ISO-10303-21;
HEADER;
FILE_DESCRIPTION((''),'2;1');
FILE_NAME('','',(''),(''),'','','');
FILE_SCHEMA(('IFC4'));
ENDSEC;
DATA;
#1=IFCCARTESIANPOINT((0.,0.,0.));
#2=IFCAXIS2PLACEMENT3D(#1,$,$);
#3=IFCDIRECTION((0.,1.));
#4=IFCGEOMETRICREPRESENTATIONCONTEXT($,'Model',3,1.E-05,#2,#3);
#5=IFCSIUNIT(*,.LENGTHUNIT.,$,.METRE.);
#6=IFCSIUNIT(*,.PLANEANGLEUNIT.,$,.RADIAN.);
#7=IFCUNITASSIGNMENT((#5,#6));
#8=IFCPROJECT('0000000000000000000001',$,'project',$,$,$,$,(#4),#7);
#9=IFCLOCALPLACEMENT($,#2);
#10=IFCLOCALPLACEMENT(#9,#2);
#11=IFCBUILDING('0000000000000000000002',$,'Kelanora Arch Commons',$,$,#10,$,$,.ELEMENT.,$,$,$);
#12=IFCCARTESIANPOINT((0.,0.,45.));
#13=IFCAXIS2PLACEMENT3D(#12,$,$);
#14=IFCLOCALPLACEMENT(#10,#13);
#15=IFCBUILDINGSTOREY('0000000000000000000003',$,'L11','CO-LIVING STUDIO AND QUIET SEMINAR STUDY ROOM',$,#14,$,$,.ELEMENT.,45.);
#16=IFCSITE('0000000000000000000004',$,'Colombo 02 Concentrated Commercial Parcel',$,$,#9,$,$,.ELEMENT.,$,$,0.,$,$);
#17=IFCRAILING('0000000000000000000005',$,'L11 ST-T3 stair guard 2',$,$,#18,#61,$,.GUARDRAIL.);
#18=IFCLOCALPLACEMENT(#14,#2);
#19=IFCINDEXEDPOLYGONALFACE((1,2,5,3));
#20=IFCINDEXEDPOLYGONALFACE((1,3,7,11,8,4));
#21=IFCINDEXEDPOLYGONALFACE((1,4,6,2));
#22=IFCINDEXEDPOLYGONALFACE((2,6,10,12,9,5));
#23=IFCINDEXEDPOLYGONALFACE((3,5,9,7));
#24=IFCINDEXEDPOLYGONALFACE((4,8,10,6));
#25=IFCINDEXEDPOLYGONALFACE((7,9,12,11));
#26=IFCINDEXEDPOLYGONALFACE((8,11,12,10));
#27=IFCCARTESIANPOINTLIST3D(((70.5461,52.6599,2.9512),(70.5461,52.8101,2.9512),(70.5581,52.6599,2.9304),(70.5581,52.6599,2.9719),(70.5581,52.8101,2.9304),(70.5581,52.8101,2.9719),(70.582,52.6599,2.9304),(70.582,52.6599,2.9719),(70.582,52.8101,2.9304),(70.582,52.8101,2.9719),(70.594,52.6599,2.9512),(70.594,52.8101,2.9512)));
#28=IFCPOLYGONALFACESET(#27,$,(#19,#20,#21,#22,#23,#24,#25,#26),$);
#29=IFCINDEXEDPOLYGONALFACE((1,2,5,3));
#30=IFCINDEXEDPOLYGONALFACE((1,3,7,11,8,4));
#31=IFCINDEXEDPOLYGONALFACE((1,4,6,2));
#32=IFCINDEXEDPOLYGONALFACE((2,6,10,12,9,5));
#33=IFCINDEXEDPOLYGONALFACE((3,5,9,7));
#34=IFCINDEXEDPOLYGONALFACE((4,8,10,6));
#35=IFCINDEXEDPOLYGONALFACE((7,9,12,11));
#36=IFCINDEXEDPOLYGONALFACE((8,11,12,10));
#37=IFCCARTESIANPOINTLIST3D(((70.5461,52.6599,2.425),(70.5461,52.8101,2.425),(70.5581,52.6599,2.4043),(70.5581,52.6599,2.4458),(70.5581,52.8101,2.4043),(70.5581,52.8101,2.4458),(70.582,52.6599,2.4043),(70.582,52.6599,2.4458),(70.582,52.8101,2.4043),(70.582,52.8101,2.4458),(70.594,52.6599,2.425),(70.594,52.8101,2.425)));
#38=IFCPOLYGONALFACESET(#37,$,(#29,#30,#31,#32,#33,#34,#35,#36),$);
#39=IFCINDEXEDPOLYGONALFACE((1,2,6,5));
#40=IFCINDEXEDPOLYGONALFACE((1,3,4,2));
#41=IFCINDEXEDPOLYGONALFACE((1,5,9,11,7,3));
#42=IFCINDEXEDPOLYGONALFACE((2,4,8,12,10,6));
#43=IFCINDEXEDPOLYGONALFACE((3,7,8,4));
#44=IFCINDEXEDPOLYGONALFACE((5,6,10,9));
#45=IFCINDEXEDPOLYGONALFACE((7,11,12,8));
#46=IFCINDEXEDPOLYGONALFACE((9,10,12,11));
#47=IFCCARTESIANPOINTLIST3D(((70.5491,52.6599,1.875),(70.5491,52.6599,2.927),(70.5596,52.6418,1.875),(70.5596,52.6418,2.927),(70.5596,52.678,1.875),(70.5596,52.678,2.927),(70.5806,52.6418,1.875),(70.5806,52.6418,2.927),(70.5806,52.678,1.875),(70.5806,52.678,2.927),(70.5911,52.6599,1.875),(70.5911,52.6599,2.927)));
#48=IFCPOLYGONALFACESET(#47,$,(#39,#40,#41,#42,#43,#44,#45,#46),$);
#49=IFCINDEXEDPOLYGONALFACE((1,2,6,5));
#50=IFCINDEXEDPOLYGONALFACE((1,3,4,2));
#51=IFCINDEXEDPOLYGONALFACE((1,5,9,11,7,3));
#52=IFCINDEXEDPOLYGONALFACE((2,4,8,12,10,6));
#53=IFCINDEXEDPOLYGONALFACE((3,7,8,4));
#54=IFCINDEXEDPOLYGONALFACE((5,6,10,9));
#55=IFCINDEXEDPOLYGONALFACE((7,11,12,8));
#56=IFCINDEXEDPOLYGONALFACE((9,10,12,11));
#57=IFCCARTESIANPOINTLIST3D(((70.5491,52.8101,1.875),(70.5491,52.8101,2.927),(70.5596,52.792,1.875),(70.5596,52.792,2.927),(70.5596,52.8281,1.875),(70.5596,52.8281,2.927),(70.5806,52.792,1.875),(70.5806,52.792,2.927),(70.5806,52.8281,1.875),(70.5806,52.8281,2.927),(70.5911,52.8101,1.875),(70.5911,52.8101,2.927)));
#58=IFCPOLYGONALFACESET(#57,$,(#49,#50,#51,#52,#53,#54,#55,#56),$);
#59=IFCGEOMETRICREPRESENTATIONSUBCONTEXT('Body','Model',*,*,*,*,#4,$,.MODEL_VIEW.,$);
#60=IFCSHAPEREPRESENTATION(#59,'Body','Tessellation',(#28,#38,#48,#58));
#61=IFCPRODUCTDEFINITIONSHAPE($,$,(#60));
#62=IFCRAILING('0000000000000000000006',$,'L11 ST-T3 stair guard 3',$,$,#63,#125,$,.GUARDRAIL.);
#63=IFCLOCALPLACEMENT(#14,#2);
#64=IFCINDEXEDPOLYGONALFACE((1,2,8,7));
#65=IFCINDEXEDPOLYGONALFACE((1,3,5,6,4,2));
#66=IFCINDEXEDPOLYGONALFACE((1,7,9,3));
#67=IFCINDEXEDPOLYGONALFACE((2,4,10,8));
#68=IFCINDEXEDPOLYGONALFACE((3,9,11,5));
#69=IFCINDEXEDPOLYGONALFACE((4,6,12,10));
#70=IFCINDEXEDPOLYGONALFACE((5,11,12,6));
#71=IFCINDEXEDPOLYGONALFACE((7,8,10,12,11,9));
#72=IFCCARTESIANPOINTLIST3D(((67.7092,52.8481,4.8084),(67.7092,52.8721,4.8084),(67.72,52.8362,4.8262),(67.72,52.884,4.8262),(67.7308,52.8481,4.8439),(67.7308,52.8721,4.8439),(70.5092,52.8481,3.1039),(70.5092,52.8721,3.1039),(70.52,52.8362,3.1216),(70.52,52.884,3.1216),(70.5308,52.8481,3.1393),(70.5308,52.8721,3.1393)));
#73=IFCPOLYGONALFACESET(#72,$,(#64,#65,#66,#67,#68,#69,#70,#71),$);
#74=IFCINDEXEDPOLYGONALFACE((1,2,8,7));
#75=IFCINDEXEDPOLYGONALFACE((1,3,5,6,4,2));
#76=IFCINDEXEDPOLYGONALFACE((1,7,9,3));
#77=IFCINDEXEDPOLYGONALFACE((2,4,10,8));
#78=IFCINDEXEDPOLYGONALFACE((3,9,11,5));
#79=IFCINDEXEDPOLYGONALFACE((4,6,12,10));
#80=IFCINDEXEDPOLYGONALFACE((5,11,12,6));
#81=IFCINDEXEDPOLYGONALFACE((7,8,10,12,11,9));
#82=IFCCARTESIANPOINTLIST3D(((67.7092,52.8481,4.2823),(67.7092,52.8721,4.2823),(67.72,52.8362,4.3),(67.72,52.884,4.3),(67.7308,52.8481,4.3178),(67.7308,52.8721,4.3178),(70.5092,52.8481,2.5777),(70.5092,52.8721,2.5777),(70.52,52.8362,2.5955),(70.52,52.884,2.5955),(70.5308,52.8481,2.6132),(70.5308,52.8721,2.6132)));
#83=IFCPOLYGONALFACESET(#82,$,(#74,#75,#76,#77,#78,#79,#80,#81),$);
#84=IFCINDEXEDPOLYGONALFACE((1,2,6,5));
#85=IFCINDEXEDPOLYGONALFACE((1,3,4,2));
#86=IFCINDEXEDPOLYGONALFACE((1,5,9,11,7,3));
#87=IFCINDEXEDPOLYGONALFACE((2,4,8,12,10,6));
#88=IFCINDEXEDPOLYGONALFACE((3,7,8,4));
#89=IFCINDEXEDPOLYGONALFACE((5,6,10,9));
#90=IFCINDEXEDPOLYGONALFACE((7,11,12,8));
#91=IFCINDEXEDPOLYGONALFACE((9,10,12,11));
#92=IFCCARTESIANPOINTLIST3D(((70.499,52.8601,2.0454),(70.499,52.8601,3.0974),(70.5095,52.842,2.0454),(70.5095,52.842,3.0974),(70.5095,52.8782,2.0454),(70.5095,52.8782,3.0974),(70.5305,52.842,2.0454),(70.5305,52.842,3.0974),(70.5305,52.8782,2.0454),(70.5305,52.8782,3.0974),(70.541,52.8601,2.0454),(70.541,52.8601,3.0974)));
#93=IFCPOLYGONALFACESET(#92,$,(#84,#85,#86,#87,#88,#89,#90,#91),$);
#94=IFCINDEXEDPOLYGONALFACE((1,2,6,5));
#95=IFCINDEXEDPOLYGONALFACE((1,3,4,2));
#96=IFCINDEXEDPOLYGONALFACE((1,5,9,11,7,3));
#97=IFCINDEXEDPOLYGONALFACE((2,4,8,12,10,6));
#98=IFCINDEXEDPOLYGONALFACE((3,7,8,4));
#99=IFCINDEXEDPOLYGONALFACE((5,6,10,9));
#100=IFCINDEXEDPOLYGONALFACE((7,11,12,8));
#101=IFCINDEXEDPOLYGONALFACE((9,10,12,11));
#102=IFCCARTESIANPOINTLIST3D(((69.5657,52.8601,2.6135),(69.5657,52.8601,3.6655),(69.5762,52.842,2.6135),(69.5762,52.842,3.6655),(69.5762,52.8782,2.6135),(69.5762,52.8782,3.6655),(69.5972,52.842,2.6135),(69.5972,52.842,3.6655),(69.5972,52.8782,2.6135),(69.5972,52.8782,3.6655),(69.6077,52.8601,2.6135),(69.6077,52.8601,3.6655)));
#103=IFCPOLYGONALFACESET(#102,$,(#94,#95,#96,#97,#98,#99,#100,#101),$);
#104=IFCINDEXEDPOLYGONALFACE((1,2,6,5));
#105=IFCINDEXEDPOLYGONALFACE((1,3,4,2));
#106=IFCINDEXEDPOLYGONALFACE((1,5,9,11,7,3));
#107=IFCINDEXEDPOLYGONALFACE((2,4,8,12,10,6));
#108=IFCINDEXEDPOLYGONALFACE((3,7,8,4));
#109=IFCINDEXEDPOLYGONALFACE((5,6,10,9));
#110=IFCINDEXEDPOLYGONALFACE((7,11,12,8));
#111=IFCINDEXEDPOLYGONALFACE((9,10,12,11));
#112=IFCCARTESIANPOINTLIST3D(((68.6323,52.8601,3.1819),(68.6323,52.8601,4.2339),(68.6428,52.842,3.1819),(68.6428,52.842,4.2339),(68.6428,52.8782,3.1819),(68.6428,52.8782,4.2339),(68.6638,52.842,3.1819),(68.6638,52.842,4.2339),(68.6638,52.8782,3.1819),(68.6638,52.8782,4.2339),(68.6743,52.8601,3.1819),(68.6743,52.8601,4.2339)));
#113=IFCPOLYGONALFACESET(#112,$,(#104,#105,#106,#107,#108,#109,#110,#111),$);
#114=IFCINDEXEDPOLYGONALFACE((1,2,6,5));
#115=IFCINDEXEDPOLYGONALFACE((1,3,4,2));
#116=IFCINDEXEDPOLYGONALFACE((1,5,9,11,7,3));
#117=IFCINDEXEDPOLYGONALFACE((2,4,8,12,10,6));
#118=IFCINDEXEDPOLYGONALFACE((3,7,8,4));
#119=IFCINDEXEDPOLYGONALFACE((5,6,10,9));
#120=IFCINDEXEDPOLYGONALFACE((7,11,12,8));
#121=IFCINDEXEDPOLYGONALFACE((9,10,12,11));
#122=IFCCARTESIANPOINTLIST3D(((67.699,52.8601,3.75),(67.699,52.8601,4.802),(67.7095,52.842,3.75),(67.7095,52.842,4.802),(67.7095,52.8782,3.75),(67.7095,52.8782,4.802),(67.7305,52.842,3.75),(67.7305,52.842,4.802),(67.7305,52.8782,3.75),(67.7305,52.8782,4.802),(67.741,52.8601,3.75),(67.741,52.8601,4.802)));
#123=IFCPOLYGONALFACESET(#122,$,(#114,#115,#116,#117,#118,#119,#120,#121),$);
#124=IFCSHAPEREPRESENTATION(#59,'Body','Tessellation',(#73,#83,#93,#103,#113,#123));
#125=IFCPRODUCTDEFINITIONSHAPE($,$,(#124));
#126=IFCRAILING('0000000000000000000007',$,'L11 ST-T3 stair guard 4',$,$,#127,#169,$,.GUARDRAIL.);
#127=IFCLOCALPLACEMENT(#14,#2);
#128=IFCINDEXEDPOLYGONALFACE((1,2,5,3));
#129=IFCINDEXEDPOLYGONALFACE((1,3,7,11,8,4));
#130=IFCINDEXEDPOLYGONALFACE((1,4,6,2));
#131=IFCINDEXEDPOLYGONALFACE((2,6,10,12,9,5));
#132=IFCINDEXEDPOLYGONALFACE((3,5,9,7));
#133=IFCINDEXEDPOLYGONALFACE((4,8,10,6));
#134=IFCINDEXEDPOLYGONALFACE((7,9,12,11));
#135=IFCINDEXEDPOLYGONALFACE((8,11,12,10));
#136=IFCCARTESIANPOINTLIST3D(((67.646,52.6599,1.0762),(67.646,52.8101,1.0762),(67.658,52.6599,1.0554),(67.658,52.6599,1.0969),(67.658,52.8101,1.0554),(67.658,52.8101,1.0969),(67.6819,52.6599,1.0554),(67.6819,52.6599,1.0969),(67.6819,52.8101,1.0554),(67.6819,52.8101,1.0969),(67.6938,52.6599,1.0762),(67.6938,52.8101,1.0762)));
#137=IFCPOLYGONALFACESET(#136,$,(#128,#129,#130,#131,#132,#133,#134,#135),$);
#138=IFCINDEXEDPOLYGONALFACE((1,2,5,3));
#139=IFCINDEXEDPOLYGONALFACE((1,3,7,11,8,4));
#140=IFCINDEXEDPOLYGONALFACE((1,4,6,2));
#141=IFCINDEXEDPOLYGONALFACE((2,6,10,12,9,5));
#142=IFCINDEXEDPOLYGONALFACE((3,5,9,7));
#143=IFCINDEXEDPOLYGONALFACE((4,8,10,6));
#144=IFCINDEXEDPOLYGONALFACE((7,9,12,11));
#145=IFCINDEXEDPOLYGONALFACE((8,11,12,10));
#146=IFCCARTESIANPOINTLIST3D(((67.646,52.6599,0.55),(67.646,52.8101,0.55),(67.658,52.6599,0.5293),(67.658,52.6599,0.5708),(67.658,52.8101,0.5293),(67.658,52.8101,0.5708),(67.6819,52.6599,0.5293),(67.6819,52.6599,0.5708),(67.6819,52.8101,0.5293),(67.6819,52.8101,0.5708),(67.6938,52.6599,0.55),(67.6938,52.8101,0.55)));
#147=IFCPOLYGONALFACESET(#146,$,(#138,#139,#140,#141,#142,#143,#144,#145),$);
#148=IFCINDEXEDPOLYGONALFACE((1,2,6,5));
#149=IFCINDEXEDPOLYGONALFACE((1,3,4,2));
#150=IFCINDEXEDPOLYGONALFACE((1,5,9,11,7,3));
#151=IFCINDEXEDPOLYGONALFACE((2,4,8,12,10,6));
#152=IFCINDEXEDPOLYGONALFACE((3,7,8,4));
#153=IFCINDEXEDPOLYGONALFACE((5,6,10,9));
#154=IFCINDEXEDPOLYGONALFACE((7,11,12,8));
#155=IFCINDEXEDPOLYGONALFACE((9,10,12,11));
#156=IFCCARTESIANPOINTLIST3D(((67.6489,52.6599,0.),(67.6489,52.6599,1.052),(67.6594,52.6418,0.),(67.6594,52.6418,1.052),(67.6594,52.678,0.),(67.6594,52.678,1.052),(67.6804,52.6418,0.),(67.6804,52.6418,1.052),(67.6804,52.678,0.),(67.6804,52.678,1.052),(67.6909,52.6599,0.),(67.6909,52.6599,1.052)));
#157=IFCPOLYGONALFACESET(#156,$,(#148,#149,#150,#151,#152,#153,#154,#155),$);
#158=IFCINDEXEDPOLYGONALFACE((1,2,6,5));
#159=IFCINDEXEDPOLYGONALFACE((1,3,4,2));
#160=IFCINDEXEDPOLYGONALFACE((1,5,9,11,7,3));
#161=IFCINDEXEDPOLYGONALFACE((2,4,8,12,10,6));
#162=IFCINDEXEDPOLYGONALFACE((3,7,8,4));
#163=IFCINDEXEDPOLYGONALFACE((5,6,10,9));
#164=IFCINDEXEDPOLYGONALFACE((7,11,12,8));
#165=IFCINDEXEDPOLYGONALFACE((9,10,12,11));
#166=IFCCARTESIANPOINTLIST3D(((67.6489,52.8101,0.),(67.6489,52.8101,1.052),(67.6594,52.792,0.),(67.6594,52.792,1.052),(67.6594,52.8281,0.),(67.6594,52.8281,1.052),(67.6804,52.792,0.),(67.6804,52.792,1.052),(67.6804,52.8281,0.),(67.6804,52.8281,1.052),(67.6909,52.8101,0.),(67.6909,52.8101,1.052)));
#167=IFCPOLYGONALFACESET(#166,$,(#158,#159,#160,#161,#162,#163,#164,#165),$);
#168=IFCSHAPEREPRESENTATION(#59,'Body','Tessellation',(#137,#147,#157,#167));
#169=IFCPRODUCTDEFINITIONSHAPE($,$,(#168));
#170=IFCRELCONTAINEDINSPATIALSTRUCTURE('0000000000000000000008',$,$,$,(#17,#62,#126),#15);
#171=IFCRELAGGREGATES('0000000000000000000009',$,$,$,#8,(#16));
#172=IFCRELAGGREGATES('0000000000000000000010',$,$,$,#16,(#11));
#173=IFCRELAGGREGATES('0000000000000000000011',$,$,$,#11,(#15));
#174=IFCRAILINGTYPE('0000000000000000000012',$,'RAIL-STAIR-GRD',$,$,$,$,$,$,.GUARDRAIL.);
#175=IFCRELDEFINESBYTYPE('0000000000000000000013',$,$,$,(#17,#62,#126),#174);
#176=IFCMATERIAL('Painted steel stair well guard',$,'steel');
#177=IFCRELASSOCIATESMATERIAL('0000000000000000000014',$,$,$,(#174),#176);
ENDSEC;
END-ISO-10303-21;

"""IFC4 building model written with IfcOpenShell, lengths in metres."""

from ifc_helpers import new_model, si_unit, direction, frame, origin, place, context, subcontext, project, spatial, polyline, outline, extrude, material, type_object, element, save


model = new_model("IFC4")

# Units and contexts
model_context = context("Model", 3, precision=1e-05, world=origin(), true_north=direction((0.0, 1.0)))
body_context = subcontext(model_context, "Body", "Model", "MODEL_VIEW")
ifc_project = project(units=[si_unit("LENGTHUNIT", "METRE"), si_unit("PLANEANGLEUNIT", "RADIAN")], contexts=[model_context])

# Site, building, storey
site_placement = place(None, origin())
site = spatial("IfcSite", under=ifc_project, at=site_placement, Name="Colombo 02 Concentrated Commercial Parcel", CompositionType="ELEMENT", RefElevation=0.0)
building_placement = place(site_placement, origin())
building = spatial("IfcBuilding", under=site, at=building_placement, Name="Kelanora Arch Commons", CompositionType="ELEMENT")
storey_placement = place(building_placement, frame((0.0, 0.0, 45.0)))
storey = spatial("IfcBuildingStorey", under=building, at=storey_placement, Name="L11", Description="CO-LIVING STUDIO AND QUIET SEMINAR STUDY ROOM", CompositionType="ELEMENT", Elevation=45.0)

# Railings
ifc_material_1 = material(Name="Painted steel stair well guard", Category="steel")
railing_type_1 = type_object("IfcRailingType", Name="RAIL-STAIR-GRD", PredefinedType="GUARDRAIL", material=ifc_material_1)
railing_1_placement = place(storey_placement, frame((70.5701, 52.6599, 1.875)))
element("IfcRailing", 1, at=railing_1_placement, inside=storey, type_object=railing_type_1, Name="L11 ST-T3 stair guard 2", PredefinedType="GUARDRAIL", context=body_context, shape_type="SweptSolid", body=[
    extrude(outline(polyline([(0.0239, 0.0), (0.012, 0.0208), (-0.012, 0.0208), (-0.0239, 0.0), (-0.012, -0.0208), (0.012, -0.0208), (0.0239, 0.0)])), frame((0.0, 0.0, 1.0762), z_axis=(0.0, 1.0, 0.0), x_axis=(-1.0, 0.0, 0.0)), (0.0, 0.0, 1.0), 0.1501),
    extrude(outline(polyline([(0.0239, 0.0), (0.012, 0.0208), (-0.012, 0.0208), (-0.0239, 0.0), (-0.012, -0.0208), (0.012, -0.0208), (0.0239, 0.0)])), frame((0.0, 0.0, 0.55), z_axis=(0.0, 1.0, 0.0), x_axis=(-1.0, 0.0, 0.0)), (0.0, 0.0, 1.0), 0.1501),
    extrude(outline(polyline([(0.021, 0.0), (0.0105, 0.0181), (-0.0105, 0.0181), (-0.021, 0.0), (-0.0105, -0.0181), (0.0105, -0.0181), (0.021, 0.0)])), origin(), (0.0, 0.0, 1.0), 1.052),
    extrude(outline(polyline([(0.021, 0.0), (0.0105, 0.0181), (-0.0105, 0.0181), (-0.021, 0.0), (-0.0105, -0.0181), (0.0105, -0.0181), (0.021, 0.0)])), frame((0.0, 0.1501, 0.0)), (0.0, 0.0, 1.0), 1.052),
])
railing_2_placement = place(storey_placement, frame((70.52, 52.8601, 2.0454)))
element("IfcRailing", 2, at=railing_2_placement, inside=storey, type_object=railing_type_1, Name="L11 ST-T3 stair guard 3", PredefinedType="GUARDRAIL", context=body_context, shape_type="SweptSolid", body=[
    extrude(outline(polyline([(0.0239, 0.0), (0.012, 0.0208), (-0.012, 0.0208), (-0.0239, 0.0), (-0.012, -0.0208), (0.012, -0.0208), (0.0239, 0.0)])), frame((0.0, 0.0, 1.0762), z_axis=(-0.85417, 0.0, 0.519994), x_axis=(0.0, -1.0, 0.0)), (0.0, 0.0, 1.0), 3.2781),
    extrude(outline(polyline([(0.0239, 0.0), (0.012, 0.0208), (-0.012, 0.0208), (-0.0239, 0.0), (-0.012, -0.0208), (0.012, -0.0208), (0.0239, 0.0)])), frame((0.0, 0.0, 0.55), z_axis=(-0.85417, 0.0, 0.519994), x_axis=(0.0, -1.0, 0.0)), (0.0, 0.0, 1.0), 3.2781),
    extrude(outline(polyline([(0.021, 0.0), (0.0105, 0.0181), (-0.0105, 0.0181), (-0.021, 0.0), (-0.0105, -0.0181), (0.0105, -0.0181), (0.021, 0.0)])), origin(), (0.0, 0.0, 1.0), 1.052),
    extrude(outline(polyline([(0.021, 0.0), (0.0105, 0.0181), (-0.0105, 0.0181), (-0.021, 0.0), (-0.0105, -0.0181), (0.0105, -0.0181), (0.021, 0.0)])), frame((-0.9333, 0.0, 0.5681)), (0.0, 0.0, 1.0), 1.052),
    extrude(outline(polyline([(0.021, 0.0), (0.0105, 0.0181), (-0.0105, 0.0181), (-0.021, 0.0), (-0.0105, -0.0181), (0.0105, -0.0181), (0.021, 0.0)])), frame((-1.8667, 0.0, 1.1365)), (0.0, 0.0, 1.0), 1.052),
    extrude(outline(polyline([(0.021, 0.0), (0.0105, 0.0181), (-0.0105, 0.0181), (-0.021, 0.0), (-0.0105, -0.0181), (0.0105, -0.0181), (0.021, 0.0)])), frame((-2.8, 0.0, 1.7046)), (0.0, 0.0, 1.0), 1.052),
])
railing_3_placement = place(storey_placement, frame((67.6699, 52.6599, 0.0)))
element("IfcRailing", 3, at=railing_3_placement, inside=storey, type_object=railing_type_1, Name="L11 ST-T3 stair guard 4", PredefinedType="GUARDRAIL", context=body_context, shape_type="SweptSolid", body=[
    extrude(outline(polyline([(0.0239, 0.0), (0.012, 0.0208), (-0.012, 0.0208), (-0.0239, 0.0), (-0.012, -0.0208), (0.012, -0.0208), (0.0239, 0.0)])), frame((0.0, 0.0, 1.0762), z_axis=(0.0, 1.0, 0.0), x_axis=(-1.0, 0.0, 0.0)), (0.0, 0.0, 1.0), 0.1501),
    extrude(outline(polyline([(0.0239, 0.0), (0.012, 0.0208), (-0.012, 0.0208), (-0.0239, 0.0), (-0.012, -0.0208), (0.012, -0.0208), (0.0239, 0.0)])), frame((0.0, 0.0, 0.55), z_axis=(0.0, 1.0, 0.0), x_axis=(-1.0, 0.0, 0.0)), (0.0, 0.0, 1.0), 0.1501),
    extrude(outline(polyline([(0.021, 0.0), (0.0105, 0.0181), (-0.0105, 0.0181), (-0.021, 0.0), (-0.0105, -0.0181), (0.0105, -0.0181), (0.021, 0.0)])), origin(), (0.0, 0.0, 1.0), 1.052),
    extrude(outline(polyline([(0.021, 0.0), (0.0105, 0.0181), (-0.0105, 0.0181), (-0.021, 0.0), (-0.0105, -0.0181), (0.0105, -0.0181), (0.021, 0.0)])), frame((0.0, 0.1501, 0.0)), (0.0, 0.0, 1.0), 1.052),
])

save(model, "model.ifc")
